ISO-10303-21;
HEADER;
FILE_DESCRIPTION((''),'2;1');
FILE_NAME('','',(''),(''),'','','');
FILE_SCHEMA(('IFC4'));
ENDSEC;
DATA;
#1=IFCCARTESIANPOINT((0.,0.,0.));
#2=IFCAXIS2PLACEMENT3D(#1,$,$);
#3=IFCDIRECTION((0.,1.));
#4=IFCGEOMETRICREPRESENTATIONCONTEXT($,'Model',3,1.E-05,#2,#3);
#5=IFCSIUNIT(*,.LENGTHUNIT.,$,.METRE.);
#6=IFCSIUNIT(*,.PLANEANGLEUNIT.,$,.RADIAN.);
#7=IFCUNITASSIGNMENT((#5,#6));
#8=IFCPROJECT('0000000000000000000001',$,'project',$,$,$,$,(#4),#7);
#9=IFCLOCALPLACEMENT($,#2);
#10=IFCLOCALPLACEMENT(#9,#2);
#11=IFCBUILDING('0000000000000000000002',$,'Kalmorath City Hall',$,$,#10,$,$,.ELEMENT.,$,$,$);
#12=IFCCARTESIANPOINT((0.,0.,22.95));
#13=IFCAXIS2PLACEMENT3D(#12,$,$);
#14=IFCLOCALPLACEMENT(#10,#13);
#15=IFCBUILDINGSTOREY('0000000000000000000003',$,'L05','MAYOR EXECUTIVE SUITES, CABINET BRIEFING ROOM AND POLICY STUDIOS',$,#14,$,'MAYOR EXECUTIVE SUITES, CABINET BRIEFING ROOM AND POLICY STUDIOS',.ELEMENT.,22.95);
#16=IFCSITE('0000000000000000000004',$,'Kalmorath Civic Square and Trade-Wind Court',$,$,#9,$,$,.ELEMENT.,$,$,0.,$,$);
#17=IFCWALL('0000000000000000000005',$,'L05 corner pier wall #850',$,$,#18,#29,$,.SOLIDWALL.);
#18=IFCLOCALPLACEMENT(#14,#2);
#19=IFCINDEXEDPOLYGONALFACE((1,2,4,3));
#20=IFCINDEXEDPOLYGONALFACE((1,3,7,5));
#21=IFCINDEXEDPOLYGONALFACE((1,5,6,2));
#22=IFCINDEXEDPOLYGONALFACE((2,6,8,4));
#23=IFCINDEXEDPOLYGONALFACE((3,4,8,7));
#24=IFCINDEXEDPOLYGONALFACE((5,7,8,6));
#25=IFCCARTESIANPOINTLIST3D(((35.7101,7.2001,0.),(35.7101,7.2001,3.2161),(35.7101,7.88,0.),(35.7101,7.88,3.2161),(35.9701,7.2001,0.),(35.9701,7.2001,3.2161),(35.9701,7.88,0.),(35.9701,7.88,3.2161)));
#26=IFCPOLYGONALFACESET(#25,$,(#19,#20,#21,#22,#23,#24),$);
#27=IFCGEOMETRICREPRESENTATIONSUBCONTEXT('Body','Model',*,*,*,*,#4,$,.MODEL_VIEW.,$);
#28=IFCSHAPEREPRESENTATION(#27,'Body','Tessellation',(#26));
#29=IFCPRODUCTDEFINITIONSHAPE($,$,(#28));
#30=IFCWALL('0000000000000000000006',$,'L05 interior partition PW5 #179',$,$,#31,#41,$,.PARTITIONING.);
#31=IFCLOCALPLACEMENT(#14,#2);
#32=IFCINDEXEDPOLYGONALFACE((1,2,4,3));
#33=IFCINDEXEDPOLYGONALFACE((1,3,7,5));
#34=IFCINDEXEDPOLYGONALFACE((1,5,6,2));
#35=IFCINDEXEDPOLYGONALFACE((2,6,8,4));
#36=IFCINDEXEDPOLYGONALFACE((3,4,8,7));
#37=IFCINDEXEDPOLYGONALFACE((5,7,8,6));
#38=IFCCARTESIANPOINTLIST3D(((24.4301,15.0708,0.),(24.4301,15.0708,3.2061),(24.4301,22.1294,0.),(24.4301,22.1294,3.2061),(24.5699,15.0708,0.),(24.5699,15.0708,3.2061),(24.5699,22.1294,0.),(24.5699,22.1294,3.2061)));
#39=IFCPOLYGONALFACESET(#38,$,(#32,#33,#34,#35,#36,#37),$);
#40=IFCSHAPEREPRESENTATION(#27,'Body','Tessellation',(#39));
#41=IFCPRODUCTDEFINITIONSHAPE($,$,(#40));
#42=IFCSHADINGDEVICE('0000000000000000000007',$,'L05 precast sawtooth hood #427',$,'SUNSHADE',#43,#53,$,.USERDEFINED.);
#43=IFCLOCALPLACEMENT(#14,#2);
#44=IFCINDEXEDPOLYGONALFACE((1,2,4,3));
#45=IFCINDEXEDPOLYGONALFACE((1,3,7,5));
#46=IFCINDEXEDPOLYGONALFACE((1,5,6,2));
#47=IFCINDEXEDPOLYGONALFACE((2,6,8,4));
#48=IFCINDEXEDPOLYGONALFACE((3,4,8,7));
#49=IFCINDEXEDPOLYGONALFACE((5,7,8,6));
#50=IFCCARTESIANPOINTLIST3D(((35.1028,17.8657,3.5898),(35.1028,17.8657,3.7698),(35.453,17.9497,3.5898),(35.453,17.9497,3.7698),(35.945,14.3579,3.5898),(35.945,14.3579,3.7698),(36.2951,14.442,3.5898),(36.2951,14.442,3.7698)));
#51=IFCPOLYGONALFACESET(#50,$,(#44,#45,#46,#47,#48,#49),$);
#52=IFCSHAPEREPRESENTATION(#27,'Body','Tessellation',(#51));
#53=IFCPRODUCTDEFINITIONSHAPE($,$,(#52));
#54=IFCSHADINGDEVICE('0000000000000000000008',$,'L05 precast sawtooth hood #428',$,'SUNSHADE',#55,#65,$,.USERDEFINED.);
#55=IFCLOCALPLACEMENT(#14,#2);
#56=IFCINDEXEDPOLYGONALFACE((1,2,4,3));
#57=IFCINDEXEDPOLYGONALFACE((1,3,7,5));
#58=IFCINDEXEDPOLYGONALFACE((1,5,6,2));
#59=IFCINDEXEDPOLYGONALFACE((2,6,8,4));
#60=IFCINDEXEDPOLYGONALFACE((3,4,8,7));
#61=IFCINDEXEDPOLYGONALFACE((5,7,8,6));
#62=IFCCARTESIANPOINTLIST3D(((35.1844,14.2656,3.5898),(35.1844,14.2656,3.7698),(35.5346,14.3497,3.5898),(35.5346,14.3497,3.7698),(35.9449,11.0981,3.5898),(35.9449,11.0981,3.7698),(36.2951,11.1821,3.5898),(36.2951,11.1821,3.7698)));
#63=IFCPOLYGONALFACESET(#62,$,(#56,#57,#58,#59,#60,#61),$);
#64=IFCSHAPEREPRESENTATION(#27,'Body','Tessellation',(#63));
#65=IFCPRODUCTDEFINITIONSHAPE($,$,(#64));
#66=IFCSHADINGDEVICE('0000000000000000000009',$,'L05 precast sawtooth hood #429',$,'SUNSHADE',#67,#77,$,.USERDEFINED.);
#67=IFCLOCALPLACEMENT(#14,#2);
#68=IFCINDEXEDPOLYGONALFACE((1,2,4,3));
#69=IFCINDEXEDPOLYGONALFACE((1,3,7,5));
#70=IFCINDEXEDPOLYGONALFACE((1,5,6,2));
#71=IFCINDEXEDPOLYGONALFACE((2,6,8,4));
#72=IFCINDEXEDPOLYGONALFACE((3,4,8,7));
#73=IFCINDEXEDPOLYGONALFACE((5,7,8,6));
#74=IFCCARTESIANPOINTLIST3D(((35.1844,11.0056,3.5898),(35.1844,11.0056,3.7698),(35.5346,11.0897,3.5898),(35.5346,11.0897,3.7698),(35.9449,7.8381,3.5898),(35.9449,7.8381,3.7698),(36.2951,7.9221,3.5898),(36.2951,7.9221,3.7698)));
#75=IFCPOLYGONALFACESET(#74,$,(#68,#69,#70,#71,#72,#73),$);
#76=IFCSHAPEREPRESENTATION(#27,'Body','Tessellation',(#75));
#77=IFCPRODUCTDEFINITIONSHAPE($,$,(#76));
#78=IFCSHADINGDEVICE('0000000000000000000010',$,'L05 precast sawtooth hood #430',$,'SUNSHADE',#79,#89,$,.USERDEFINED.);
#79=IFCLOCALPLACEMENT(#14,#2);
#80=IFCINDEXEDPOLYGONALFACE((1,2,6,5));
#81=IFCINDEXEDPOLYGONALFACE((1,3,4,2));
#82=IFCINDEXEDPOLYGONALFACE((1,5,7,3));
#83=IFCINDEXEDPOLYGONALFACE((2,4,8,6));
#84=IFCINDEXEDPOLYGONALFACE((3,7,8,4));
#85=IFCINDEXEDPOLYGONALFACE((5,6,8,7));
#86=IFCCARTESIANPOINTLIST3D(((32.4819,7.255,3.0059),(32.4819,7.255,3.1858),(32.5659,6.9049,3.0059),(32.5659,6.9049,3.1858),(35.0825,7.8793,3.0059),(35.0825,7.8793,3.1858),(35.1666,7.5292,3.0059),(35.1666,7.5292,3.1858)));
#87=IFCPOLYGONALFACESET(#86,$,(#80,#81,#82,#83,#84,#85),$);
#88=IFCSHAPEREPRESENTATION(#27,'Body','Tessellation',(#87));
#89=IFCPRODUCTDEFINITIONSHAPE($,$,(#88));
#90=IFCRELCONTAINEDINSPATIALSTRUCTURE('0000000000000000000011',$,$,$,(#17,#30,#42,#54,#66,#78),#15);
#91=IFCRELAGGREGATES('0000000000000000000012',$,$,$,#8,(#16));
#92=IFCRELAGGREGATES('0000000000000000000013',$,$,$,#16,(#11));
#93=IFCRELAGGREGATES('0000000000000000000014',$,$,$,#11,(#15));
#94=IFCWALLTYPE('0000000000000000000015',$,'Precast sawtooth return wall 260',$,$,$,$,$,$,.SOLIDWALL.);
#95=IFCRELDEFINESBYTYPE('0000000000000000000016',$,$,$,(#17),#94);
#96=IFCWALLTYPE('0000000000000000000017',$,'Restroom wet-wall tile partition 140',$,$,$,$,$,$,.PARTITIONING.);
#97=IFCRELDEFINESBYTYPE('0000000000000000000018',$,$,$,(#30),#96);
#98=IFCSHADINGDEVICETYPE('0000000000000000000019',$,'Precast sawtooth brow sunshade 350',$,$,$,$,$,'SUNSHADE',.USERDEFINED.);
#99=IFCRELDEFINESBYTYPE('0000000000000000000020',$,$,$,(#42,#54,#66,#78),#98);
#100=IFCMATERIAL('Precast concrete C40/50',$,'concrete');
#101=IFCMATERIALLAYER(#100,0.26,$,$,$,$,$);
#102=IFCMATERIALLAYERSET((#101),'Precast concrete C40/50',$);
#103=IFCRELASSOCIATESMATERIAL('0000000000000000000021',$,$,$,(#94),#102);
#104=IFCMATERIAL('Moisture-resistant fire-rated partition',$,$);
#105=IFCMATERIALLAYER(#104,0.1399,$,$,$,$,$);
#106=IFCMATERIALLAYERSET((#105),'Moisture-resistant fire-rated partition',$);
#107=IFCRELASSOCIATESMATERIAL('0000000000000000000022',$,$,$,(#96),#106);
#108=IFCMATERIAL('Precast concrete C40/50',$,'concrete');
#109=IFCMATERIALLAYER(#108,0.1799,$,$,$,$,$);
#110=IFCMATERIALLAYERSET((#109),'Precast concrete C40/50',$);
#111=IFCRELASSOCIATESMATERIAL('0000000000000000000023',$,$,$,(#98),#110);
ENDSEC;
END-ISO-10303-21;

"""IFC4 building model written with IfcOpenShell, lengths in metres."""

from ifc_helpers import new_model, si_unit, direction, frame, frame_2d, origin, origin_2d, place, context, subcontext, project, spatial, rectangle, extrude, material, layer, layer_set, type_object, element, save


model = new_model("IFC4")

# Units and contexts
model_context = context("Model", 3, precision=1e-05, world=origin(), true_north=direction((0.0, 1.0)))
body_context = subcontext(model_context, "Body", "Model", "MODEL_VIEW")
ifc_project = project(units=[si_unit("LENGTHUNIT", "METRE"), si_unit("PLANEANGLEUNIT", "RADIAN")], contexts=[model_context])

# Site, building, storey
site_placement = place(None, origin())
site = spatial("IfcSite", under=ifc_project, at=site_placement, Name="Kalmorath Civic Square and Trade-Wind Court", CompositionType="ELEMENT", RefElevation=0.0)
building_placement = place(site_placement, origin())
building = spatial("IfcBuilding", under=site, at=building_placement, Name="Kalmorath City Hall", CompositionType="ELEMENT")
storey_placement = place(building_placement, frame((0.0, 0.0, 22.95)))
storey = spatial("IfcBuildingStorey", under=building, at=storey_placement, Name="L05", Description="MAYOR EXECUTIVE SUITES, CABINET BRIEFING ROOM AND POLICY STUDIOS", LongName="MAYOR EXECUTIVE SUITES, CABINET BRIEFING ROOM AND POLICY STUDIOS", CompositionType="ELEMENT", Elevation=22.95)

# Walls
ifc_material_1 = material(Name="Precast concrete C40/50", Category="concrete")
ifc_layer_1 = layer(ifc_material_1, 0.26)
ifc_layer_set_1 = layer_set([ifc_layer_1], Name="Precast concrete C40/50")
wall_type_1 = type_object("IfcWallType", Name="Precast sawtooth return wall 260", PredefinedType="SOLIDWALL", material=ifc_layer_set_1)
wall_1_placement = place(storey_placement, frame((35.8401, 7.8799, 0.0), z_axis=(0.0, 0.0, 1.0), x_axis=(0.0, -1.0, 0.0)))
element("IfcWall", 1, at=wall_1_placement, inside=storey, type_object=wall_type_1, Name="L05 corner pier wall #850", PredefinedType="SOLIDWALL", context=body_context, shape_type="SweptSolid", body=[
    extrude(rectangle(XDim=0.6799, YDim=0.26, at=frame_2d((0.3398, 0.0))), origin(), (0.0, 0.0, 1.0), 3.2161),
])
ifc_material_2 = material(Name="Moisture-resistant fire-rated partition")
ifc_layer_2 = layer(ifc_material_2, 0.1399)
ifc_layer_set_2 = layer_set([ifc_layer_2], Name="Moisture-resistant fire-rated partition")
wall_type_2 = type_object("IfcWallType", Name="Restroom wet-wall tile partition 140", PredefinedType="PARTITIONING", material=ifc_layer_set_2)
wall_2_placement = place(storey_placement, frame((24.5, 15.0708, 0.0), z_axis=(0.0, 0.0, 1.0), x_axis=(0.0, 1.0, 0.0)))
element("IfcWall", 2, at=wall_2_placement, inside=storey, type_object=wall_type_2, Name="L05 interior partition PW5 #179", PredefinedType="PARTITIONING", context=body_context, shape_type="SweptSolid", body=[
    extrude(rectangle(XDim=7.0586, YDim=0.1399, at=frame_2d((3.5293, 0.0))), origin(), (0.0, 0.0, 1.0), 3.2061),
])

# Shading devices
ifc_material_3 = material(Name="Precast concrete C40/50", Category="concrete")
ifc_layer_3 = layer(ifc_material_3, 0.1799)
ifc_layer_set_3 = layer_set([ifc_layer_3], Name="Precast concrete C40/50")
shading_device_type = type_object("IfcShadingDeviceType", Name="Precast sawtooth brow sunshade 350", ElementType="SUNSHADE", PredefinedType="USERDEFINED", material=ifc_layer_set_3)
shading_device_1_placement = place(storey_placement, frame((35.699, 16.1538, 3.5898), z_axis=(0.0, 0.0, 1.0), x_axis=(0.233445, -0.97237, 0.0)))
element("IfcShadingDevice", 3, at=shading_device_1_placement, inside=storey, type_object=shading_device_type, Name="L05 precast sawtooth hood #427", ObjectType="SUNSHADE", PredefinedType="USERDEFINED", context=body_context, shape_type="SweptSolid", body=[
    extrude(rectangle(XDim=3.6074, YDim=0.3601, at=origin_2d()), origin(), (0.0, 0.0, 1.0), 0.1799),
])
for number, where, z_axis, x_axis, name in (
    (4, (35.7397, 12.7239, 3.5898), (0.0, 0.0, 1.0), (0.233462, -0.972366, 0.0), "L05 precast sawtooth hood #428"),
    (5, (35.7397, 9.4639, 3.5898), (0.0, 0.0, 1.0), (0.233462, -0.972366, 0.0), "L05 precast sawtooth hood #429"),
):
    element("IfcShadingDevice", number, at=place(storey_placement, frame(where, z_axis=z_axis, x_axis=x_axis)), inside=storey, type_object=shading_device_type, Name=name, ObjectType="SUNSHADE", PredefinedType="USERDEFINED", context=body_context, shape_type="SweptSolid", body=[
        extrude(rectangle(XDim=3.2576, YDim=0.3601, at=origin_2d()), origin(), (0.0, 0.0, 1.0), 0.1799),
    ])
shading_device_2_placement = place(storey_placement, frame((33.8242, 7.3921, 3.0059), z_axis=(0.0, 0.0, 1.0), x_axis=(-0.972374, -0.233428, 0.0)))
element("IfcShadingDevice", 6, at=shading_device_2_placement, inside=storey, type_object=shading_device_type, Name="L05 precast sawtooth hood #430", ObjectType="SUNSHADE", PredefinedType="USERDEFINED", context=body_context, shape_type="SweptSolid", body=[
    extrude(rectangle(XDim=2.6746, YDim=0.3601, at=origin_2d()), origin(), (0.0, 0.0, 1.0), 0.1799),
])

save(model, "model.ifc")
